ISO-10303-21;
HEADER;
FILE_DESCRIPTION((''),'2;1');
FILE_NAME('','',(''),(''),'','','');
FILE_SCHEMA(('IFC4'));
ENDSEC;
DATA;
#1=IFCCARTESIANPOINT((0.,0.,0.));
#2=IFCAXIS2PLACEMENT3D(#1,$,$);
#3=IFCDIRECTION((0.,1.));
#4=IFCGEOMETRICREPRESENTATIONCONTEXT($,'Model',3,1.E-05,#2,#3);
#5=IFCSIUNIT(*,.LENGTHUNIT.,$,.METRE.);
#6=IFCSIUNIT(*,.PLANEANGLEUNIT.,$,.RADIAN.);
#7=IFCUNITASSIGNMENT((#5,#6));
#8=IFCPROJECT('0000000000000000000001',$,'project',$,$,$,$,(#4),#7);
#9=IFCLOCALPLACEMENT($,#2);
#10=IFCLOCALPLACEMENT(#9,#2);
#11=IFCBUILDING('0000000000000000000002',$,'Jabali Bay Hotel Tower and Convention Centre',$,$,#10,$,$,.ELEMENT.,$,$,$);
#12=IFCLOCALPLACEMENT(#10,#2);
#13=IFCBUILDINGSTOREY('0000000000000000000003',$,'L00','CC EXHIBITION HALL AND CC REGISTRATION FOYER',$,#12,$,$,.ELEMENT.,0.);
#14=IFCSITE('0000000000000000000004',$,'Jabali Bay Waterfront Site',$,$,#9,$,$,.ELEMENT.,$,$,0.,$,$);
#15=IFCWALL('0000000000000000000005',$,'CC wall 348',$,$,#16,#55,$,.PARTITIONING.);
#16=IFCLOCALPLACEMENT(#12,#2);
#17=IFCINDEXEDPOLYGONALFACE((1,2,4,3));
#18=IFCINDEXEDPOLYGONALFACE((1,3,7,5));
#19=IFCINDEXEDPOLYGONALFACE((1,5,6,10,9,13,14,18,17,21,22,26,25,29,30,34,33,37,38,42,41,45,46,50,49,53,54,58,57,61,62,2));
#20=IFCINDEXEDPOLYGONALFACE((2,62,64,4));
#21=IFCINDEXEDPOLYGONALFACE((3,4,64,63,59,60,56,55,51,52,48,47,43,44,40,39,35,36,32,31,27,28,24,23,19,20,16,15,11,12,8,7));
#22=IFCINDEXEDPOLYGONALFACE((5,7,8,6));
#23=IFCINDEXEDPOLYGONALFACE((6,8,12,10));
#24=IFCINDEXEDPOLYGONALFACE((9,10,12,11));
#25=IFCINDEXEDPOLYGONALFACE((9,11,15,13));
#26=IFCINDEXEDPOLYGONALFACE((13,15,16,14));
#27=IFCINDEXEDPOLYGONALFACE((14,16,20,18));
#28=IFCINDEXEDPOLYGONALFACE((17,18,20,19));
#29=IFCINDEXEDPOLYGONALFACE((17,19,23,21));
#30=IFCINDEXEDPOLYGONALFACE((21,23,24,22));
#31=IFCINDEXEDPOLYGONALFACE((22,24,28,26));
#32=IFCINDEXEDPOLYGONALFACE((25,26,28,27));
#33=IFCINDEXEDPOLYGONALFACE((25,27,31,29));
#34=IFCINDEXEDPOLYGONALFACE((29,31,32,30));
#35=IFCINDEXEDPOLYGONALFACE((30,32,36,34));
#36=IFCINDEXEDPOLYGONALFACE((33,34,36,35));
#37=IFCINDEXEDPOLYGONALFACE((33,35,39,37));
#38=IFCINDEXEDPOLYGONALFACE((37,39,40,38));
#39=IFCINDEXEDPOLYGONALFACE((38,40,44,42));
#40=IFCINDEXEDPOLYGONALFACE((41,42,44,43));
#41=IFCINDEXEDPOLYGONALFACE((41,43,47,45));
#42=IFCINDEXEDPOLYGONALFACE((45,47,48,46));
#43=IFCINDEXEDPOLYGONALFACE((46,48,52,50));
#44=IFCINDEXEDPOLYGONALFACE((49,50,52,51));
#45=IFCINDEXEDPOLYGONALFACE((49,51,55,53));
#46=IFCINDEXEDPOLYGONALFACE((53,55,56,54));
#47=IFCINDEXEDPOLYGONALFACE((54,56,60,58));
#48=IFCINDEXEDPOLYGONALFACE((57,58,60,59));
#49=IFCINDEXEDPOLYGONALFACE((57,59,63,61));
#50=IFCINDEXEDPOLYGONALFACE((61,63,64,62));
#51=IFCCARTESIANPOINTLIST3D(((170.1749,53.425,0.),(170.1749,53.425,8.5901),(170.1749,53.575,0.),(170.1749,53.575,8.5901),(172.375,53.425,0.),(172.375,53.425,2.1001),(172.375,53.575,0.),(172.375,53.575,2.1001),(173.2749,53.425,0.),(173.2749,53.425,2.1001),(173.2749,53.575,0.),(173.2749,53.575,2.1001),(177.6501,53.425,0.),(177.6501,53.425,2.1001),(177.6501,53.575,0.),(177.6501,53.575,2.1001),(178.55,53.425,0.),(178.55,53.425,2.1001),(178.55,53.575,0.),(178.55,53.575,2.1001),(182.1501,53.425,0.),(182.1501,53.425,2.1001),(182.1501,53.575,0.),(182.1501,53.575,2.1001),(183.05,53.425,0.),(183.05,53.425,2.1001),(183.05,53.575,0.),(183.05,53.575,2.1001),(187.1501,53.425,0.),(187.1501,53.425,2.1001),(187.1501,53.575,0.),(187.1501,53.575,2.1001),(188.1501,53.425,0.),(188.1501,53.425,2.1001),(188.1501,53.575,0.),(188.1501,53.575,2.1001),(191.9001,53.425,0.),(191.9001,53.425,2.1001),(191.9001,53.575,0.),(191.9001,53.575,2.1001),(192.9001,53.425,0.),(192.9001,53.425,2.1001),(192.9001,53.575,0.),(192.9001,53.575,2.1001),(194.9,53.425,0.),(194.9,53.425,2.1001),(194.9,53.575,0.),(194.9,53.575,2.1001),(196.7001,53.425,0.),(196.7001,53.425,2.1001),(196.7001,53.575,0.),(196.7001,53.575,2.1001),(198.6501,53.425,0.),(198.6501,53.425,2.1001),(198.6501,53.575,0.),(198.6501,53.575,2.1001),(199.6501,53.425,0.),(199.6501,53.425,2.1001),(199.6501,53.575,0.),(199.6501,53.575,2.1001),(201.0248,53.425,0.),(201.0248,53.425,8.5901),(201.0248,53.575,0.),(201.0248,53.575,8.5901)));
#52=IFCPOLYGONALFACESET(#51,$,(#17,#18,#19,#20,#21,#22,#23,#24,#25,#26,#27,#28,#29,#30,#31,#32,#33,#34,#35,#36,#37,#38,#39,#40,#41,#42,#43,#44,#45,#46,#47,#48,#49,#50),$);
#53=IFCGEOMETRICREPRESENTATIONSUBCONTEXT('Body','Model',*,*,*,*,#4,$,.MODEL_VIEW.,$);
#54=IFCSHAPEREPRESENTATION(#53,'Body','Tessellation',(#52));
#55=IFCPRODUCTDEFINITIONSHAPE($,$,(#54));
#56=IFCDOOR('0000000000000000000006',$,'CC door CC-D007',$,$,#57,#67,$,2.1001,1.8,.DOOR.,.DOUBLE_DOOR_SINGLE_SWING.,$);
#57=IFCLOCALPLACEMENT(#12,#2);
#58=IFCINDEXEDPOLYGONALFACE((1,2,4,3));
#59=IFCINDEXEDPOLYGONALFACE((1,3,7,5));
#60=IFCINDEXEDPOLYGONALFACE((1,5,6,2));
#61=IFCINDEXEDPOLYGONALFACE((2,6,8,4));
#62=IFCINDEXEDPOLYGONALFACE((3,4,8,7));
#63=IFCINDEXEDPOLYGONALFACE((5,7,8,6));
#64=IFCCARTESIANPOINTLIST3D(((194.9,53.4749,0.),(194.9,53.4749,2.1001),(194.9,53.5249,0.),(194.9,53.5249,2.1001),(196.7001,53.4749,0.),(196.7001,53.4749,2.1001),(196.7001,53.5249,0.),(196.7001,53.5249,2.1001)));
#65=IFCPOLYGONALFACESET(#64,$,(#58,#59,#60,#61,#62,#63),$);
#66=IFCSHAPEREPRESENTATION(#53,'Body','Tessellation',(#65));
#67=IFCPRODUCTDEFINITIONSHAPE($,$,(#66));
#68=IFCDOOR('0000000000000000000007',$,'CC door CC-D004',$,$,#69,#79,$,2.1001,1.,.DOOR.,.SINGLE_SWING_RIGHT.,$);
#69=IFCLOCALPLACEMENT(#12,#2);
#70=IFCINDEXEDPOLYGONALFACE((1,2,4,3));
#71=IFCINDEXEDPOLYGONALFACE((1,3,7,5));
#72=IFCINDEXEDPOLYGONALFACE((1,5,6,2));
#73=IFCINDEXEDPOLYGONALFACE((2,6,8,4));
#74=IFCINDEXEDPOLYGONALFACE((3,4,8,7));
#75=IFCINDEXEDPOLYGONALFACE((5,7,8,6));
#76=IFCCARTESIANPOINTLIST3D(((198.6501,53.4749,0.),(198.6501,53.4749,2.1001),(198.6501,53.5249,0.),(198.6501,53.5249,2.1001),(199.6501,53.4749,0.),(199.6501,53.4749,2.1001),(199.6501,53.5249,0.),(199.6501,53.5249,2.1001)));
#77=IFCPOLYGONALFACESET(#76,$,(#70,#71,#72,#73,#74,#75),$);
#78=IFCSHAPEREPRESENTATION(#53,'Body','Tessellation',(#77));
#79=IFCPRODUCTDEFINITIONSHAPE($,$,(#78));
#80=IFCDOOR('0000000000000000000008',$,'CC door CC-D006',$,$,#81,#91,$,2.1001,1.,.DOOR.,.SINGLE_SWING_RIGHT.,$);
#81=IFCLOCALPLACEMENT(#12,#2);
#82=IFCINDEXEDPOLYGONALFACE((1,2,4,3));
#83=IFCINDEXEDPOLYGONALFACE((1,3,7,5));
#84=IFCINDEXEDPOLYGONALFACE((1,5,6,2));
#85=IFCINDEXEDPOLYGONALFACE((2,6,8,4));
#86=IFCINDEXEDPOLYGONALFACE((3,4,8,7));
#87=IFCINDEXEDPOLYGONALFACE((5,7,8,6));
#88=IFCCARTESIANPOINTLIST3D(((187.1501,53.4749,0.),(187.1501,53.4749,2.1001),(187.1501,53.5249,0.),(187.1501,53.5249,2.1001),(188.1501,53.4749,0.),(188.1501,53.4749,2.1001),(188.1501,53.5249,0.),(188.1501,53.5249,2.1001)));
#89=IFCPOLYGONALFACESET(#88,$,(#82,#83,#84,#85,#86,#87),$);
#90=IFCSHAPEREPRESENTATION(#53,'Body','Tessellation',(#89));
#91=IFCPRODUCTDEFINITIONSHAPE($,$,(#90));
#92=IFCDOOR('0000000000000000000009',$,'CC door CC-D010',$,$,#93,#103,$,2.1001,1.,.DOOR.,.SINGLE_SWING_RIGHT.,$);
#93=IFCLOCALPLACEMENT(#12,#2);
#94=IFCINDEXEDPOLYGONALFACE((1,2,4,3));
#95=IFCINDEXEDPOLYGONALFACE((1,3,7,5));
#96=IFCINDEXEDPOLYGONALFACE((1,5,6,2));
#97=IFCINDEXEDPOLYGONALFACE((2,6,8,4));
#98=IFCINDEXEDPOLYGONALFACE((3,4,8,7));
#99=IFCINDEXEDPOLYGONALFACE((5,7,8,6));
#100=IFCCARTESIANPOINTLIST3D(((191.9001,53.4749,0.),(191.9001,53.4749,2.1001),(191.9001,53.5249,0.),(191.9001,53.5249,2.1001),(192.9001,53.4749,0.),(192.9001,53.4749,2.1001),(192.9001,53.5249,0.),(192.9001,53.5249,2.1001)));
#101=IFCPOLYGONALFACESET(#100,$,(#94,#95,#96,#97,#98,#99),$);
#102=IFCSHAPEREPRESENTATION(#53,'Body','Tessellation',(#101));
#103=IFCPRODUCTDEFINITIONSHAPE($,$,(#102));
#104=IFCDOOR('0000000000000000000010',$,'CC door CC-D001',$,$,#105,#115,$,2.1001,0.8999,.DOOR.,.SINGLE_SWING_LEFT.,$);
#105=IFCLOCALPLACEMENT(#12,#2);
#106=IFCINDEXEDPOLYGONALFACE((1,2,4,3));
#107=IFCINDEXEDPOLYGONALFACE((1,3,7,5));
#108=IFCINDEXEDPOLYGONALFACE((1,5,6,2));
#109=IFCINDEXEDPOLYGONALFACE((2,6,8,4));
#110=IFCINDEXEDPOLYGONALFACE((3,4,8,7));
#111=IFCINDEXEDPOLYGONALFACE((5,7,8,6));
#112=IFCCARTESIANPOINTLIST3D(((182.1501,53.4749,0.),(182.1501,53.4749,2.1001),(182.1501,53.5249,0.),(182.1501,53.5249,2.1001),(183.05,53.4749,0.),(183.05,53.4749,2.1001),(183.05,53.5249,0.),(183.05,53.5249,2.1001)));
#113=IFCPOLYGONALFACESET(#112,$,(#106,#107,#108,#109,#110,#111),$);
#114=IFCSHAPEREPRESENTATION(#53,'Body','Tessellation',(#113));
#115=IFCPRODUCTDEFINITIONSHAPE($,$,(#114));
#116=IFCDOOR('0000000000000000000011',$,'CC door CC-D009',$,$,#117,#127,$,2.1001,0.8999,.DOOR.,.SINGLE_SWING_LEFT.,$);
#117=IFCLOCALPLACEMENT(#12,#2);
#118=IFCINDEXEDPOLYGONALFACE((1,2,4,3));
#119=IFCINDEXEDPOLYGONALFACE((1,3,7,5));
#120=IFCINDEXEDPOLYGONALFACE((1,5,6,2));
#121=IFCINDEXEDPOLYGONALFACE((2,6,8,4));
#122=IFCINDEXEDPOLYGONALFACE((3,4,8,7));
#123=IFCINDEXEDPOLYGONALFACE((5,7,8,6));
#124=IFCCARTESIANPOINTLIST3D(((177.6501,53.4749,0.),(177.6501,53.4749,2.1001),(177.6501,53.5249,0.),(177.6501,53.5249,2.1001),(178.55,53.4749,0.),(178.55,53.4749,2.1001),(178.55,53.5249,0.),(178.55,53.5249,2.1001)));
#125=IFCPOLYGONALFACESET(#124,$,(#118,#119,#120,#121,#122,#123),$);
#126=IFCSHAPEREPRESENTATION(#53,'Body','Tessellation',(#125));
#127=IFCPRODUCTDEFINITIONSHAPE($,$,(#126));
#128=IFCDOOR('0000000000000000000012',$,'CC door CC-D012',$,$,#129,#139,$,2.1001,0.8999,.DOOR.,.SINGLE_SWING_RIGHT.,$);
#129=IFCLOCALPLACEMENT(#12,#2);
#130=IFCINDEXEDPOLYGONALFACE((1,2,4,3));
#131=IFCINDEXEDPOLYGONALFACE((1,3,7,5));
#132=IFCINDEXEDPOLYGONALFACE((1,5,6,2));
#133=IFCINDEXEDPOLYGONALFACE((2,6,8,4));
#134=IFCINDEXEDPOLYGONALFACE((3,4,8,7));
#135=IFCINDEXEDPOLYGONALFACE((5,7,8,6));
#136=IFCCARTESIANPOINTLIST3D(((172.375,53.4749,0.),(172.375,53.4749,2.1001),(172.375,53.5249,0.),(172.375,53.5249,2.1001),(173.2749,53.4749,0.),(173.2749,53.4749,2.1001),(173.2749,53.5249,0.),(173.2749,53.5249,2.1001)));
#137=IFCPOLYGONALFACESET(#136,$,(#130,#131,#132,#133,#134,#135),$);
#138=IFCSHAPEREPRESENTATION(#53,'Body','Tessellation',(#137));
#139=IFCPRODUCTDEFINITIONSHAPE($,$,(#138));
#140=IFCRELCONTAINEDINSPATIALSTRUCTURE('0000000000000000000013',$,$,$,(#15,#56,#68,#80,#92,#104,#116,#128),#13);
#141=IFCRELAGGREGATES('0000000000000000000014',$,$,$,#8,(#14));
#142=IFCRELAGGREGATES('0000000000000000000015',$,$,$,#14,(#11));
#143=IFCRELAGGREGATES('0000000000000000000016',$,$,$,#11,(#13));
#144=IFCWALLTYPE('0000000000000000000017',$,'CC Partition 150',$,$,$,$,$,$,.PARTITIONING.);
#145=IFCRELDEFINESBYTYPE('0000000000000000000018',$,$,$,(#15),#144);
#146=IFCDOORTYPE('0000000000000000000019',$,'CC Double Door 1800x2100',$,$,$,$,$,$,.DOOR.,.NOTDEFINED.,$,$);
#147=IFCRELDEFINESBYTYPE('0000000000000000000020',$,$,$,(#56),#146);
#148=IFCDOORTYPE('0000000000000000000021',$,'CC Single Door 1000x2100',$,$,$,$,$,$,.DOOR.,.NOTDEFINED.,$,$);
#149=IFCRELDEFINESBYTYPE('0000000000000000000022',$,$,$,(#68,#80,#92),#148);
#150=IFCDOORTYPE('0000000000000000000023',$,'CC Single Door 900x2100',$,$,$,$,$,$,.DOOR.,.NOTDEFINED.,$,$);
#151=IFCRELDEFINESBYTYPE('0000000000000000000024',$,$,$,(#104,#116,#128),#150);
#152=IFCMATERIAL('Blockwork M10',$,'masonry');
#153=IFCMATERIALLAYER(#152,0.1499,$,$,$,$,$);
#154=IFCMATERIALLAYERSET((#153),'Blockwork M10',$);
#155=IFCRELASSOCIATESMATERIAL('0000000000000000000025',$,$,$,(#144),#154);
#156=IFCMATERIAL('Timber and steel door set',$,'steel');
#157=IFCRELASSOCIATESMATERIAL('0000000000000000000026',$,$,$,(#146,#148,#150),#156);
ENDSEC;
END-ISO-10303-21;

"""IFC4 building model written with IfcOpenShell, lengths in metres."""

from ifc_helpers import new_model, si_unit, direction, frame, frame_2d, origin, place, context, subcontext, project, spatial, rectangle, extrude, material, layer, layer_set, type_object, element, fill, save


model = new_model("IFC4")

# Units and contexts
model_context = context("Model", 3, precision=1e-05, world=origin(), true_north=direction((0.0, 1.0)))
body_context = subcontext(model_context, "Body", "Model", "MODEL_VIEW")
ifc_project = project(units=[si_unit("LENGTHUNIT", "METRE"), si_unit("PLANEANGLEUNIT", "RADIAN")], contexts=[model_context])

# Site, building, storey
site_placement = place(None, origin())
site = spatial("IfcSite", under=ifc_project, at=site_placement, Name="Jabali Bay Waterfront Site", CompositionType="ELEMENT", RefElevation=0.0)
building_placement = place(site_placement, origin())
building = spatial("IfcBuilding", under=site, at=building_placement, Name="Jabali Bay Hotel Tower and Convention Centre", CompositionType="ELEMENT")
storey_placement = place(building_placement, origin())
storey = spatial("IfcBuildingStorey", under=building, at=storey_placement, Name="L00", Description="CC EXHIBITION HALL AND CC REGISTRATION FOYER", CompositionType="ELEMENT", Elevation=0.0)

# Shared definitions
ifc_material_1 = material(Name="Blockwork M10", Category="masonry")
ifc_layer = layer(ifc_material_1, 0.1499)
ifc_layer_set = layer_set([ifc_layer], Name="Blockwork M10")
wall_type = type_object("IfcWallType", Name="CC Partition 150", PredefinedType="PARTITIONING", material=ifc_layer_set)
ifc_material_2 = material(Name="Timber and steel door set", Category="steel")
door_type_1 = type_object("IfcDoorType", Name="CC Double Door 1800x2100", OperationType="NOTDEFINED", PredefinedType="DOOR", material=ifc_material_2)

# Wall, openings, doors
wall_1_placement = place(storey_placement, frame((170.175, 53.5, 0.0), z_axis=(0.0, 0.0, 1.0), x_axis=(1.0, 0.0, 0.0)))
wall_1 = element("IfcWall", 1, at=wall_1_placement, inside=storey, type_object=wall_type, Name="CC wall 348", PredefinedType="PARTITIONING", context=body_context, shape_type="SweptSolid", body=[
    extrude(rectangle(XDim=30.8499, YDim=0.1499, at=frame_2d((15.4248, 0.0))), origin(), (0.0, 0.0, 1.0), 8.5901),
])
opening_1_placement = place(wall_1_placement, frame((11.9751, 0.0, 0.0)))
opening_1 = element("IfcOpeningElement", 2, at=opening_1_placement, cuts=wall_1, PredefinedType="OPENING", context=body_context, shape_type="SweptSolid", body=[
    extrude(rectangle(XDim=0.8999, YDim=2.1001, at=frame_2d((0.45, 1.05))), frame((0.0, 0.0854, 0.0), z_axis=(0.0, -1.0, 0.0), x_axis=(1.0, 0.0, 0.0)), (0.0, 0.0, 1.0), 0.1709),
])
opening_2_placement = place(wall_1_placement, frame((28.4751, 0.0, 0.0)))
opening_2 = element("IfcOpeningElement", 3, at=opening_2_placement, cuts=wall_1, PredefinedType="OPENING", context=body_context, shape_type="SweptSolid", body=[
    extrude(rectangle(XDim=1.0, YDim=2.1001, at=frame_2d((0.5, 1.05))), frame((0.0, 0.0854, 0.0), z_axis=(0.0, -1.0, 0.0), x_axis=(1.0, 0.0, 0.0)), (0.0, 0.0, 1.0), 0.1709),
])
opening_3_placement = place(wall_1_placement, frame((16.9751, 0.0, 0.0)))
opening_3 = element("IfcOpeningElement", 4, at=opening_3_placement, cuts=wall_1, PredefinedType="OPENING", context=body_context, shape_type="SweptSolid", body=[
    extrude(rectangle(XDim=1.0, YDim=2.1001, at=frame_2d((0.5, 1.05))), frame((0.0, 0.0854, 0.0), z_axis=(0.0, -1.0, 0.0), x_axis=(1.0, 0.0, 0.0)), (0.0, 0.0, 1.0), 0.1709),
])
opening_4_placement = place(wall_1_placement, frame((24.7251, 0.0, 0.0)))
opening_4 = element("IfcOpeningElement", 5, at=opening_4_placement, cuts=wall_1, PredefinedType="OPENING", context=body_context, shape_type="SweptSolid", body=[
    extrude(rectangle(XDim=1.8, YDim=2.1001, at=frame_2d((0.8999, 1.05))), frame((0.0, 0.0854, 0.0), z_axis=(0.0, -1.0, 0.0), x_axis=(1.0, 0.0, 0.0)), (0.0, 0.0, 1.0), 0.1709),
])
opening_5_placement = place(wall_1_placement, frame((7.4751, 0.0, 0.0)))
opening_5 = element("IfcOpeningElement", 6, at=opening_5_placement, cuts=wall_1, PredefinedType="OPENING", context=body_context, shape_type="SweptSolid", body=[
    extrude(rectangle(XDim=0.8999, YDim=2.1001, at=frame_2d((0.45, 1.05))), frame((0.0, 0.0854, 0.0), z_axis=(0.0, -1.0, 0.0), x_axis=(1.0, 0.0, 0.0)), (0.0, 0.0, 1.0), 0.1709),
])
opening_6_placement = place(wall_1_placement, frame((21.7251, 0.0, 0.0)))
opening_6 = element("IfcOpeningElement", 7, at=opening_6_placement, cuts=wall_1, PredefinedType="OPENING", context=body_context, shape_type="SweptSolid", body=[
    extrude(rectangle(XDim=1.0, YDim=2.1001, at=frame_2d((0.5, 1.05))), frame((0.0, 0.0854, 0.0), z_axis=(0.0, -1.0, 0.0), x_axis=(1.0, 0.0, 0.0)), (0.0, 0.0, 1.0), 0.1709),
])
opening_7_placement = place(wall_1_placement, frame((2.2, 0.0, 0.0)))
opening_7 = element("IfcOpeningElement", 8, at=opening_7_placement, cuts=wall_1, PredefinedType="OPENING", context=body_context, shape_type="SweptSolid", body=[
    extrude(rectangle(XDim=0.8999, YDim=2.1001, at=frame_2d((0.45, 1.05))), frame((0.0, 0.0854, 0.0), z_axis=(0.0, -1.0, 0.0), x_axis=(1.0, 0.0, 0.0)), (0.0, 0.0, 1.0), 0.1709),
])
door_1_placement = place(opening_4_placement, origin())
door_1 = element("IfcDoor", 9, at=door_1_placement, inside=storey, type_object=door_type_1, Name="CC door CC-D007", OperationType="DOUBLE_DOOR_SINGLE_SWING", OverallHeight=2.1001, OverallWidth=1.8, PredefinedType="DOOR", context=body_context, shape_type="SweptSolid", body=[
    extrude(rectangle(XDim=1.8, YDim=2.1001, at=frame_2d((0.8999, 1.05))), frame((0.0, 0.0249, 0.0), z_axis=(0.0, -1.0, 0.0), x_axis=(1.0, 0.0, 0.0)), (0.0, 0.0, 1.0), 0.05),
])
fill(opening_4, door_1)
door_type_2 = type_object("IfcDoorType", Name="CC Single Door 1000x2100", OperationType="NOTDEFINED", PredefinedType="DOOR", material=ifc_material_2)
door_2_placement = place(opening_2_placement, origin())
door_2 = element("IfcDoor", 10, at=door_2_placement, inside=storey, type_object=door_type_2, Name="CC door CC-D004", OperationType="SINGLE_SWING_RIGHT", OverallHeight=2.1001, OverallWidth=1.0, PredefinedType="DOOR", context=body_context, shape_type="SweptSolid", body=[
    extrude(rectangle(XDim=1.0, YDim=2.1001, at=frame_2d((0.5, 1.05))), frame((0.0, 0.0249, 0.0), z_axis=(0.0, -1.0, 0.0), x_axis=(1.0, 0.0, 0.0)), (0.0, 0.0, 1.0), 0.05),
])
fill(opening_2, door_2)
door_3_placement = place(opening_3_placement, origin())
door_3 = element("IfcDoor", 11, at=door_3_placement, inside=storey, type_object=door_type_2, Name="CC door CC-D006", OperationType="SINGLE_SWING_RIGHT", OverallHeight=2.1001, OverallWidth=1.0, PredefinedType="DOOR", context=body_context, shape_type="SweptSolid", body=[
    extrude(rectangle(XDim=1.0, YDim=2.1001, at=frame_2d((0.5, 1.05))), frame((0.0, 0.0249, 0.0), z_axis=(0.0, -1.0, 0.0), x_axis=(1.0, 0.0, 0.0)), (0.0, 0.0, 1.0), 0.05),
])
fill(opening_3, door_3)
door_4_placement = place(opening_6_placement, origin())
door_4 = element("IfcDoor", 12, at=door_4_placement, inside=storey, type_object=door_type_2, Name="CC door CC-D010", OperationType="SINGLE_SWING_RIGHT", OverallHeight=2.1001, OverallWidth=1.0, PredefinedType="DOOR", context=body_context, shape_type="SweptSolid", body=[
    extrude(rectangle(XDim=1.0, YDim=2.1001, at=frame_2d((0.5, 1.05))), frame((0.0, 0.0249, 0.0), z_axis=(0.0, -1.0, 0.0), x_axis=(1.0, 0.0, 0.0)), (0.0, 0.0, 1.0), 0.05),
])
fill(opening_6, door_4)
door_type_3 = type_object("IfcDoorType", Name="CC Single Door 900x2100", OperationType="NOTDEFINED", PredefinedType="DOOR", material=ifc_material_2)
door_5_placement = place(opening_1_placement, origin())
door_5 = element("IfcDoor", 13, at=door_5_placement, inside=storey, type_object=door_type_3, Name="CC door CC-D001", OperationType="SINGLE_SWING_LEFT", OverallHeight=2.1001, OverallWidth=0.8999, PredefinedType="DOOR", context=body_context, shape_type="SweptSolid", body=[
    extrude(rectangle(XDim=0.8999, YDim=2.1001, at=frame_2d((0.45, 1.05))), frame((0.0, 0.0249, 0.0), z_axis=(0.0, -1.0, 0.0), x_axis=(1.0, 0.0, 0.0)), (0.0, 0.0, 1.0), 0.05),
])
fill(opening_1, door_5)
door_6_placement = place(opening_5_placement, origin())
door_6 = element("IfcDoor", 14, at=door_6_placement, inside=storey, type_object=door_type_3, Name="CC door CC-D009", OperationType="SINGLE_SWING_LEFT", OverallHeight=2.1001, OverallWidth=0.8999, PredefinedType="DOOR", context=body_context, shape_type="SweptSolid", body=[
    extrude(rectangle(XDim=0.8999, YDim=2.1001, at=frame_2d((0.45, 1.05))), frame((0.0, 0.0249, 0.0), z_axis=(0.0, -1.0, 0.0), x_axis=(1.0, 0.0, 0.0)), (0.0, 0.0, 1.0), 0.05),
])
fill(opening_5, door_6)
door_7_placement = place(opening_7_placement, origin())
door_7 = element("IfcDoor", 15, at=door_7_placement, inside=storey, type_object=door_type_3, Name="CC door CC-D012", OperationType="SINGLE_SWING_RIGHT", OverallHeight=2.1001, OverallWidth=0.8999, PredefinedType="DOOR", context=body_context, shape_type="SweptSolid", body=[
    extrude(rectangle(XDim=0.8999, YDim=2.1001, at=frame_2d((0.45, 1.05))), frame((0.0, 0.0249, 0.0), z_axis=(0.0, -1.0, 0.0), x_axis=(1.0, 0.0, 0.0)), (0.0, 0.0, 1.0), 0.05),
])
fill(opening_7, door_7)

save(model, "model.ifc")
